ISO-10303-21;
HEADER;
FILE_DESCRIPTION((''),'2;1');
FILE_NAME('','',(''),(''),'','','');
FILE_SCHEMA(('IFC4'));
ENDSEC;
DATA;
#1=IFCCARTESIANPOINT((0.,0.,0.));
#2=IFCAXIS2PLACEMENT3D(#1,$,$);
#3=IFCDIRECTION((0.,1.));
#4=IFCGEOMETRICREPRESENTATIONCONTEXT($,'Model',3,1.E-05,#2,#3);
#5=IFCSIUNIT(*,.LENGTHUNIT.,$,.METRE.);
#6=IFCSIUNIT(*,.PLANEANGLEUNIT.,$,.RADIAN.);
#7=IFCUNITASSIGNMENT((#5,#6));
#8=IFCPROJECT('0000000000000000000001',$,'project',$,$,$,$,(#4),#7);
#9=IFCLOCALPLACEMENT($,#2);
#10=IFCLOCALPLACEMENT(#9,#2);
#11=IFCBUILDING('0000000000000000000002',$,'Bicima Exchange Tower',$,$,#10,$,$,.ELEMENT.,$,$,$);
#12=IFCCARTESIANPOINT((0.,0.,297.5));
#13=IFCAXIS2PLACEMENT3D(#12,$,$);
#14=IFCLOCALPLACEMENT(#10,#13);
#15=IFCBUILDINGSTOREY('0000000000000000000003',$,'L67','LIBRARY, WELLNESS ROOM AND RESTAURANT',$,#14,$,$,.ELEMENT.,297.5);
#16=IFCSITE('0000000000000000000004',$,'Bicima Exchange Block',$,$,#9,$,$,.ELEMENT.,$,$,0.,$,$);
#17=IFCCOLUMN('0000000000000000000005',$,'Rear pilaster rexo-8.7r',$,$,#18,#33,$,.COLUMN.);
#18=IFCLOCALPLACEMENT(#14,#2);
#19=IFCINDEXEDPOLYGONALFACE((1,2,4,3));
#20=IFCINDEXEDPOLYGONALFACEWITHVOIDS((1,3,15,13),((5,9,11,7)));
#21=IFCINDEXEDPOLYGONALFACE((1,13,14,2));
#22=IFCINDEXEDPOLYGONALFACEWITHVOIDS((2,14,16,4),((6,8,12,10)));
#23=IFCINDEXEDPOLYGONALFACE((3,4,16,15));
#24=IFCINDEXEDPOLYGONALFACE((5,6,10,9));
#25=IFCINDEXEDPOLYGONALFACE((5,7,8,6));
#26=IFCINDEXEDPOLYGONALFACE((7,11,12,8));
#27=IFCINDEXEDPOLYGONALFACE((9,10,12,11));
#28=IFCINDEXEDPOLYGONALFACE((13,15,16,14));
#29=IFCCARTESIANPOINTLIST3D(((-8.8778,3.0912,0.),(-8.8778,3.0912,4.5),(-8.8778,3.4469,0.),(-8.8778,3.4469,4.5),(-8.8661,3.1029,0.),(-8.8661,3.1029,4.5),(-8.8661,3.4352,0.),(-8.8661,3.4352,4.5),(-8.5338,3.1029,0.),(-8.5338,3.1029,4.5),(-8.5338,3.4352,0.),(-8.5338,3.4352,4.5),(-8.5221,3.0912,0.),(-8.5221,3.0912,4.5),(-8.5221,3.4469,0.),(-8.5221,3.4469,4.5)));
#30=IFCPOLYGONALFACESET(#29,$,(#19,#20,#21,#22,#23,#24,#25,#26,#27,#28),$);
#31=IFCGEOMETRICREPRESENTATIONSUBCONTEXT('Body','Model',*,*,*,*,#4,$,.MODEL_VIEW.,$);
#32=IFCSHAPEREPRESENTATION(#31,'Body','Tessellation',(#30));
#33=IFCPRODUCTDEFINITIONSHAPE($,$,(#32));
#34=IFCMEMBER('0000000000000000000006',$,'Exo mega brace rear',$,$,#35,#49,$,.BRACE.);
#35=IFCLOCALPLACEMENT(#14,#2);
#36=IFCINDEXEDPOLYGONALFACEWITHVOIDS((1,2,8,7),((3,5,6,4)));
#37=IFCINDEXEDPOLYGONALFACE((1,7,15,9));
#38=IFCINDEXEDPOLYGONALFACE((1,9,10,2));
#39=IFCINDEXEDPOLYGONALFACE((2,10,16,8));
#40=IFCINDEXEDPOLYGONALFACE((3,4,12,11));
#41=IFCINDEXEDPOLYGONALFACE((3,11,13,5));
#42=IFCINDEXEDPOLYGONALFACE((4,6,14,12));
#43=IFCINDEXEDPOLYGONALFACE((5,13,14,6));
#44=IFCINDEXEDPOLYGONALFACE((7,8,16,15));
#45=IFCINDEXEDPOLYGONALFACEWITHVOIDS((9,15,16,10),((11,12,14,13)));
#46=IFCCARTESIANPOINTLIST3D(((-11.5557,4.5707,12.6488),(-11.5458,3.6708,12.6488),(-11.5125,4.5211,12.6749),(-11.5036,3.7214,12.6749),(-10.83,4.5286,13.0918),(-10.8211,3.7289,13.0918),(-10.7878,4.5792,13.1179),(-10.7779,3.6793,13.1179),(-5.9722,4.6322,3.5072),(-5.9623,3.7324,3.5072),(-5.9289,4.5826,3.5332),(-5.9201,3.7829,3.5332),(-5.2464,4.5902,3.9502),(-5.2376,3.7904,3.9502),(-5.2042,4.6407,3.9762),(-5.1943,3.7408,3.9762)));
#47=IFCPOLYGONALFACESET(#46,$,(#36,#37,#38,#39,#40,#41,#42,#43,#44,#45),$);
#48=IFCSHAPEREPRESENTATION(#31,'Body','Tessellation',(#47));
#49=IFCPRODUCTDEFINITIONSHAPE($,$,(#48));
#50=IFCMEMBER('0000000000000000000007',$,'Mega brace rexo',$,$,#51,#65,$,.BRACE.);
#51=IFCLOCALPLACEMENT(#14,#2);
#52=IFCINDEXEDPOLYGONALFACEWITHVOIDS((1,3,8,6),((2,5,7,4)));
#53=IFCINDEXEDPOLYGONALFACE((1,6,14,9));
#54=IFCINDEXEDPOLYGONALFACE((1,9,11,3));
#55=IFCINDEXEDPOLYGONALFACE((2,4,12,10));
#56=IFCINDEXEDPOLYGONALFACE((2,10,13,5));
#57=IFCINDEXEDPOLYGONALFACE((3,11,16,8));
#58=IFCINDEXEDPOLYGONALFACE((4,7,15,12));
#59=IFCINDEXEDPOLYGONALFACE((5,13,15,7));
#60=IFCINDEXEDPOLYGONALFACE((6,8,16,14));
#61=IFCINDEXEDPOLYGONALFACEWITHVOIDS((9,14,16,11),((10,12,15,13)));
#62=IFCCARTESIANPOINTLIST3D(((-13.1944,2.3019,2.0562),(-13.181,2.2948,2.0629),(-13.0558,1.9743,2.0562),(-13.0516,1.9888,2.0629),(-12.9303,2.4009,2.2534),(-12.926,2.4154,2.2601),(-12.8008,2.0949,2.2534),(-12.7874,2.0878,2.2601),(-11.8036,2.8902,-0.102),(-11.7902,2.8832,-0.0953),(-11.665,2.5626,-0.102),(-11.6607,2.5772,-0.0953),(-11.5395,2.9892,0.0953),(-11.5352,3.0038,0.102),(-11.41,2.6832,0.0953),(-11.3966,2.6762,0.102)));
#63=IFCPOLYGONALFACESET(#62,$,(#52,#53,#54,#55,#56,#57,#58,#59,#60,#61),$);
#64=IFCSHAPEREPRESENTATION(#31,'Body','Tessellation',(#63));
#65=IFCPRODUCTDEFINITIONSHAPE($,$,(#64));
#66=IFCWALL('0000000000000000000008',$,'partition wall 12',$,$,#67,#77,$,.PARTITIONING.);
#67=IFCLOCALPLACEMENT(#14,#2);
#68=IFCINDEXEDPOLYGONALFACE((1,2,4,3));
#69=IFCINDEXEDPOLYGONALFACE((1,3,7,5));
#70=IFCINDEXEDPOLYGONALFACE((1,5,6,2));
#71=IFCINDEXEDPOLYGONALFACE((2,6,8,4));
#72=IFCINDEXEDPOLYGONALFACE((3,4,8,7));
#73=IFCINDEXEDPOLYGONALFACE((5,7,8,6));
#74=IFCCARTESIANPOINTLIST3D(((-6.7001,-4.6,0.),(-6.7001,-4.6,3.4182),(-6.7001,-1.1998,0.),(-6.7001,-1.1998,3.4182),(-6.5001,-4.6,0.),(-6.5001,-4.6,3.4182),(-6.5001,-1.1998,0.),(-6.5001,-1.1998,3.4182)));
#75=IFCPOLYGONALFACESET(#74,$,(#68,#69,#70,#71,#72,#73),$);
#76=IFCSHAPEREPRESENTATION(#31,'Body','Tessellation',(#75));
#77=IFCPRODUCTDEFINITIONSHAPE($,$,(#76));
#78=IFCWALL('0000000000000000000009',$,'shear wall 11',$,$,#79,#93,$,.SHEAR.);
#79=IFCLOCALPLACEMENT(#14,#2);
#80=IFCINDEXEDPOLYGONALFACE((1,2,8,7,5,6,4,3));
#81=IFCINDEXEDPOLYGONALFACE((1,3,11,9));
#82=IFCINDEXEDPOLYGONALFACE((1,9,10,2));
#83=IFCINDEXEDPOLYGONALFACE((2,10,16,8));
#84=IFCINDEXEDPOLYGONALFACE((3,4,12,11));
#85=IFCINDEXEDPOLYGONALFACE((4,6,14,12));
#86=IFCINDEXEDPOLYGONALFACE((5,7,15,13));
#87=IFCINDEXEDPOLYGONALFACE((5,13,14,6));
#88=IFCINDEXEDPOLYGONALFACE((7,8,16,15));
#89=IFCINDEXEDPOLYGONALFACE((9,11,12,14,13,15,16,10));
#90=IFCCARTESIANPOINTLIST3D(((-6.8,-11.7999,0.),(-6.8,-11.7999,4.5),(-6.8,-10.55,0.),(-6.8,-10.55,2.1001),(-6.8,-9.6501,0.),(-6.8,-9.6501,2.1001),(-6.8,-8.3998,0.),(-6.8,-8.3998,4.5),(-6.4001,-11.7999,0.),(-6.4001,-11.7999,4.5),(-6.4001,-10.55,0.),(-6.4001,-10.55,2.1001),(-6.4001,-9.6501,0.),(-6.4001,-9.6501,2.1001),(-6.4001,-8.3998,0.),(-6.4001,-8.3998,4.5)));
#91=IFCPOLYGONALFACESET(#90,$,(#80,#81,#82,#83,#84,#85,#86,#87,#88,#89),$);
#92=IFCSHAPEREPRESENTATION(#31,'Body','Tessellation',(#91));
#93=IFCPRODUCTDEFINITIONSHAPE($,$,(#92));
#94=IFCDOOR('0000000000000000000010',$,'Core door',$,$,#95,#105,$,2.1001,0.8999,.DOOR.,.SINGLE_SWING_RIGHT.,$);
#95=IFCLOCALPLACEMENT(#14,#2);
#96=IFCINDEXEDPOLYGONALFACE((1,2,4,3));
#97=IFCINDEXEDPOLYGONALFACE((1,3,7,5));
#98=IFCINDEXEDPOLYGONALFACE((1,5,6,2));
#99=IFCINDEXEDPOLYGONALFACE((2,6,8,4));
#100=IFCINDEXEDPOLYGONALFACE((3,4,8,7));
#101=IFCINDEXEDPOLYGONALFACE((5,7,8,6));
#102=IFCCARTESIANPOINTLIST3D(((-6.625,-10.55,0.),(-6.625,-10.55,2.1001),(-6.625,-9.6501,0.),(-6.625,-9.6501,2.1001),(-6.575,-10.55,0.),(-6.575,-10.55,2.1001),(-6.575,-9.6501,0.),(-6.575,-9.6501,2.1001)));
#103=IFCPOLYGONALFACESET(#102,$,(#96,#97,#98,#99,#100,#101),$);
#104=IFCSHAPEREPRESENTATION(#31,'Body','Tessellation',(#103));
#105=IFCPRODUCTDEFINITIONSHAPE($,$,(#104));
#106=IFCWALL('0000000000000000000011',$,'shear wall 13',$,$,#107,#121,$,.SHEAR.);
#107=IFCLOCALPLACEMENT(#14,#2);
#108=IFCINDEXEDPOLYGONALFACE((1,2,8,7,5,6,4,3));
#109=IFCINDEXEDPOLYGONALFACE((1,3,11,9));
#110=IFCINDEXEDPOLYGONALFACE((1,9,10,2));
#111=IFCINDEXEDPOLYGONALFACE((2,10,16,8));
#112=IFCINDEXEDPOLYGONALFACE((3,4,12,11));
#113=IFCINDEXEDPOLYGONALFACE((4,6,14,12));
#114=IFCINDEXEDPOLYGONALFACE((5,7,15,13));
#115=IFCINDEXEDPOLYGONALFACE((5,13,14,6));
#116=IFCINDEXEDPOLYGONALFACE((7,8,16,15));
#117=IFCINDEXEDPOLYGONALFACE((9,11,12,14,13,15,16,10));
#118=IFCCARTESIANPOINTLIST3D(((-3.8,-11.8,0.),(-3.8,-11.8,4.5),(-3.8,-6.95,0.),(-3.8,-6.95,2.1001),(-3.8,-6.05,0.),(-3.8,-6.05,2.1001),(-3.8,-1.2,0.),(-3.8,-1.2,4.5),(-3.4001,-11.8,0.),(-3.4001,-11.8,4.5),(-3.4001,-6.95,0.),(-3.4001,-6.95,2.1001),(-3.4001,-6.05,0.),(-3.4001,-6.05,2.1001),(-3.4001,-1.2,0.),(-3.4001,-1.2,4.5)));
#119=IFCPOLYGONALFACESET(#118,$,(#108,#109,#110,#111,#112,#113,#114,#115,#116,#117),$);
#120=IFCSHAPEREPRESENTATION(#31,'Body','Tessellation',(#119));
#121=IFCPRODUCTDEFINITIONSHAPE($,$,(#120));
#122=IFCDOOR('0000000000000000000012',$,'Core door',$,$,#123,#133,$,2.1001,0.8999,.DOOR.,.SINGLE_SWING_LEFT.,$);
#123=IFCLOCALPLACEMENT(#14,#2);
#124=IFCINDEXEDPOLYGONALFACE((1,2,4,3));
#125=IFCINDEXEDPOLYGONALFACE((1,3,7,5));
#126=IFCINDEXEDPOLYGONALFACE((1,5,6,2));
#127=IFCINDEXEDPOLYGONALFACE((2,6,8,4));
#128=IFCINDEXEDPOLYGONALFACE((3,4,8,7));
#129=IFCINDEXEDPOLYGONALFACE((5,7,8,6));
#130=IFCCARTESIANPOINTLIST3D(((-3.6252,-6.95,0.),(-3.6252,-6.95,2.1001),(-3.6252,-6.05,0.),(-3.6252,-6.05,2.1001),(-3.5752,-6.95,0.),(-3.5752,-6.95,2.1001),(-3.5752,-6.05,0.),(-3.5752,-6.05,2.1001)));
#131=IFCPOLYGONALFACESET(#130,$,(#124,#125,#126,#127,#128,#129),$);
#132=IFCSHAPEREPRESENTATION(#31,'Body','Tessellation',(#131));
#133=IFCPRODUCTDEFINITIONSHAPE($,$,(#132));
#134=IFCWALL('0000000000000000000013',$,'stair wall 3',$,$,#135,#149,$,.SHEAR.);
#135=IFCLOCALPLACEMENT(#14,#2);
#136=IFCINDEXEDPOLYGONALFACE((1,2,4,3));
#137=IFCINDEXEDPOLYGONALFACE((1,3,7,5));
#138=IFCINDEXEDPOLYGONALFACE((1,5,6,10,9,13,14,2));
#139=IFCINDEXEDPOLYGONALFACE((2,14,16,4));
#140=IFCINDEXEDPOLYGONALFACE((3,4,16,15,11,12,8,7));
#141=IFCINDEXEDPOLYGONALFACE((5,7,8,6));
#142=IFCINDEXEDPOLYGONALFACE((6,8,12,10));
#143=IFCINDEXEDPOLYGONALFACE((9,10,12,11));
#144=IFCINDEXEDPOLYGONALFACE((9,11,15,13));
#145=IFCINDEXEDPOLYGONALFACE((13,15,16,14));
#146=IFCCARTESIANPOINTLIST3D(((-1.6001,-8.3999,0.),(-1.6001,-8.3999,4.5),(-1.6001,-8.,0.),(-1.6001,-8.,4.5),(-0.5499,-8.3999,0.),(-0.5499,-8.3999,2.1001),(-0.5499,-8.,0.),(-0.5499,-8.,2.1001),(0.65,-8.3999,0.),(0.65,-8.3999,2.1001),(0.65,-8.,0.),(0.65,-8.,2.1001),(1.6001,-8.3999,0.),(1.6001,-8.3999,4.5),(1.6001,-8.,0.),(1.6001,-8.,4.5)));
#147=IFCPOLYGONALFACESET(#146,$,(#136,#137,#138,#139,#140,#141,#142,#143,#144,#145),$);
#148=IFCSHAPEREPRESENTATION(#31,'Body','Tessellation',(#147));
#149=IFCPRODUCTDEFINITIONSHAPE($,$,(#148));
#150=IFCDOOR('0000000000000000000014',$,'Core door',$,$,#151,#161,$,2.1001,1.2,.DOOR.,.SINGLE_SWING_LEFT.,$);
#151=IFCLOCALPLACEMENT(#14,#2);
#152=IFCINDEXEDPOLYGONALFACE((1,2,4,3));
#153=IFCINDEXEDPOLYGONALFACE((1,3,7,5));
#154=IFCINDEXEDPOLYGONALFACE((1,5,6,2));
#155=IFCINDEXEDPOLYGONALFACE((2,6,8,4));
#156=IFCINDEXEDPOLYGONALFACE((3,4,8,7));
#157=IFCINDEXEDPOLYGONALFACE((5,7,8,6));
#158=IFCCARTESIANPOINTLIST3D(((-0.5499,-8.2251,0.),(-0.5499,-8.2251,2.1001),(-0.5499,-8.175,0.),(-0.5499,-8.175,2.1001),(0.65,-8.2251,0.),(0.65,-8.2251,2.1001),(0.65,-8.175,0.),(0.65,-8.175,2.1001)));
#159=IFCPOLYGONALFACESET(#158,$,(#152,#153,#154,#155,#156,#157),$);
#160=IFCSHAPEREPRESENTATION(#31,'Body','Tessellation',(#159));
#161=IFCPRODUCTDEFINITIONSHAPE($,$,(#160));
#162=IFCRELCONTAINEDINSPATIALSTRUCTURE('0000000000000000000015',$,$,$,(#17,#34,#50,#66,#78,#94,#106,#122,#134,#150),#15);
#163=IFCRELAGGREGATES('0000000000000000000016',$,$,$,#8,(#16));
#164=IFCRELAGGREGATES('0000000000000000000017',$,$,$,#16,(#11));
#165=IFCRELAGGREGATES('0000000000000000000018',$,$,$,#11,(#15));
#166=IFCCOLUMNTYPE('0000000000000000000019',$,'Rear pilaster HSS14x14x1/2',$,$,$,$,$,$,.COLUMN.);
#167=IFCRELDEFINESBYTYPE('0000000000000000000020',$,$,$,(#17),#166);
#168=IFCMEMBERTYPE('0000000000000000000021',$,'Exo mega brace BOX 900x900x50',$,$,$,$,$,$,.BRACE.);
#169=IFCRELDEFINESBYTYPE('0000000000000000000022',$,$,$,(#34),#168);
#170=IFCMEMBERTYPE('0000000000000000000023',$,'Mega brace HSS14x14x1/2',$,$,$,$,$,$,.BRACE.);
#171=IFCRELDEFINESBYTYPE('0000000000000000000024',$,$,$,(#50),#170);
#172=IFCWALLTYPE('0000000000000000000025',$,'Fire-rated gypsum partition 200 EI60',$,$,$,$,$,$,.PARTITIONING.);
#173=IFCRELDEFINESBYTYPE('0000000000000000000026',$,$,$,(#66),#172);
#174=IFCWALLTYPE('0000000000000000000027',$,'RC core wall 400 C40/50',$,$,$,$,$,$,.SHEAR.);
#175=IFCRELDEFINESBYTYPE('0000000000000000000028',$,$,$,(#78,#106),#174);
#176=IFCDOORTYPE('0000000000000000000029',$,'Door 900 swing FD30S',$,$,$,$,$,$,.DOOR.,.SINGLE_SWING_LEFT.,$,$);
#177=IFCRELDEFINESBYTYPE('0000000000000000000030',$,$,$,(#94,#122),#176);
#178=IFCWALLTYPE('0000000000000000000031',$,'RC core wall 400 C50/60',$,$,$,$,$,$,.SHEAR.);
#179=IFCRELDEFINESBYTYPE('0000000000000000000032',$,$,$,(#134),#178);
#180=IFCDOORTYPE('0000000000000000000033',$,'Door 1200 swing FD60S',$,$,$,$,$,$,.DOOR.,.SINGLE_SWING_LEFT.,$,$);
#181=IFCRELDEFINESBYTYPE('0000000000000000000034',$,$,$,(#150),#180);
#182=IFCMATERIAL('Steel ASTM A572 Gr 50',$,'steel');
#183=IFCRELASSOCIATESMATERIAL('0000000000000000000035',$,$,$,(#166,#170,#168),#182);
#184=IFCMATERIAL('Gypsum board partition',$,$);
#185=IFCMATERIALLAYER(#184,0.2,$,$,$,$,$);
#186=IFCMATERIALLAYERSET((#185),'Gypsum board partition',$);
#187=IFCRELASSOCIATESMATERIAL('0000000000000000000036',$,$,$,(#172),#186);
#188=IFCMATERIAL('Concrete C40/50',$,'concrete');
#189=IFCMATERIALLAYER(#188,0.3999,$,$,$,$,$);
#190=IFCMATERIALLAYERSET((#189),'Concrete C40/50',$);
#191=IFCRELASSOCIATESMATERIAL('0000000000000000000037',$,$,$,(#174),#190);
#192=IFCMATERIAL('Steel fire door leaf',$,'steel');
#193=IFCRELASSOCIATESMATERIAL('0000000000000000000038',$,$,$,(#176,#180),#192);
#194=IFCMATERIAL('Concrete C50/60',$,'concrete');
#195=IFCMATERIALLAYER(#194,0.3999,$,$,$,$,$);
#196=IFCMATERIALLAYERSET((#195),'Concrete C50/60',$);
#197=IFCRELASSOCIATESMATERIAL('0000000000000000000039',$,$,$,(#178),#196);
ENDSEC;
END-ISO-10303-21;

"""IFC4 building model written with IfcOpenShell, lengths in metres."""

from ifc_helpers import new_model, si_unit, direction, frame, frame_2d, origin, origin_2d, place, context, subcontext, project, spatial, rectangle, hollow_rectangle, extrude, material, layer, layer_set, material_profile, profile_set, type_object, element, fill, save


model = new_model("IFC4")

# Units and contexts
model_context = context("Model", 3, precision=1e-05, world=origin(), true_north=direction((0.0, 1.0)))
body_context = subcontext(model_context, "Body", "Model", "MODEL_VIEW")
ifc_project = project(units=[si_unit("LENGTHUNIT", "METRE"), si_unit("PLANEANGLEUNIT", "RADIAN")], contexts=[model_context])

# Site, building, storey
site_placement = place(None, origin())
site = spatial("IfcSite", under=ifc_project, at=site_placement, Name="Bicima Exchange Block", CompositionType="ELEMENT", RefElevation=0.0)
building_placement = place(site_placement, origin())
building = spatial("IfcBuilding", under=site, at=building_placement, Name="Bicima Exchange Tower", CompositionType="ELEMENT")
storey_placement = place(building_placement, frame((0.0, 0.0, 297.5)))
storey = spatial("IfcBuildingStorey", under=building, at=storey_placement, Name="L67", Description="LIBRARY, WELLNESS ROOM AND RESTAURANT", CompositionType="ELEMENT", Elevation=297.5)

# Column
ifc_material_1 = material(Name="Steel ASTM A572 Gr 50", Category="steel")
ifc_material_profile_1 = material_profile(ifc_material_1, hollow_rectangle(XDim=0.3557, YDim=0.3557, WallThickness=0.0117, at=origin_2d()))
ifc_profile_set_1 = profile_set([ifc_material_profile_1], Name="Steel ASTM A572 Gr 50")
column_type = type_object("IfcColumnType", Name="Rear pilaster HSS14x14x1/2", PredefinedType="COLUMN", material=ifc_profile_set_1)
column_placement = place(storey_placement, frame((-8.7, 3.269, 0.0), z_axis=(0.0, 0.0, 1.0), x_axis=(1.0, 0.0, 0.0)))
element("IfcColumn", 1, at=column_placement, inside=storey, type_object=column_type, Name="Rear pilaster rexo-8.7r", PredefinedType="COLUMN", context=body_context, shape_type="SweptSolid", body=[
    extrude(hollow_rectangle(XDim=0.3557, YDim=0.3557, WallThickness=0.0117, at=origin_2d()), origin(), (0.0, 0.0, 1.0), 4.5),
])

# Members
ifc_material_profile_2 = material_profile(ifc_material_1, hollow_rectangle(XDim=0.8999, YDim=0.8999, WallThickness=0.05, at=origin_2d()))
ifc_profile_set_2 = profile_set([ifc_material_profile_2], Name="Steel ASTM A572 Gr 50")
member_type_1 = type_object("IfcMemberType", Name="Exo mega brace BOX 900x900x50", PredefinedType="BRACE", material=ifc_profile_set_2)
member_1_placement = place(storey_placement, frame((-5.5833, 4.1865, 3.7417), z_axis=(-0.521235, -0.005743, 0.853394), x_axis=(0.011018, -0.999939, 0.0)))
element("IfcMember", 2, at=member_1_placement, inside=storey, type_object=member_type_1, Name="Exo mega brace rear", PredefinedType="BRACE", context=body_context, shape_type="SweptSolid", body=[
    extrude(hollow_rectangle(XDim=0.8999, YDim=0.8999, WallThickness=0.05, at=origin_2d()), origin(), (0.0, 0.0, 1.0), 10.7122),
])
member_type_2 = type_object("IfcMemberType", Name="Mega brace HSS14x14x1/2", PredefinedType="BRACE", material=ifc_profile_set_1)
member_2_placement = place(storey_placement, frame((-11.6001, 2.7832, 0.0), z_axis=(-0.528022, -0.223369, 0.819328), x_axis=(0.389603, -0.920983, 0.0)))
element("IfcMember", 3, at=member_2_placement, inside=storey, type_object=member_type_2, Name="Mega brace rexo", PredefinedType="BRACE", context=body_context, shape_type="SweptSolid", body=[
    extrude(hollow_rectangle(XDim=0.3557, YDim=0.3557, WallThickness=0.0117, at=origin_2d()), origin(), (0.0, 0.0, 1.0), 2.634),
])

# Wall
ifc_material_2 = material(Name="Gypsum board partition")
ifc_layer_1 = layer(ifc_material_2, 0.2)
ifc_layer_set_1 = layer_set([ifc_layer_1], Name="Gypsum board partition")
wall_type_1 = type_object("IfcWallType", Name="Fire-rated gypsum partition 200 EI60", PredefinedType="PARTITIONING", material=ifc_layer_set_1)
wall_1_placement = place(storey_placement, frame((-6.6001, -4.6001, 0.0), z_axis=(0.0, 0.0, 1.0), x_axis=(0.0, 1.0, 0.0)))
element("IfcWall", 4, at=wall_1_placement, inside=storey, type_object=wall_type_1, Name="partition wall 12", PredefinedType="PARTITIONING", context=body_context, shape_type="SweptSolid", body=[
    extrude(rectangle(XDim=3.4001, YDim=0.2, at=frame_2d((1.7002, 0.0))), origin(), (0.0, 0.0, 1.0), 3.4182),
])

# Walls, openings, doors
ifc_material_3 = material(Name="Concrete C40/50", Category="concrete")
ifc_layer_2 = layer(ifc_material_3, 0.3999)
ifc_layer_set_2 = layer_set([ifc_layer_2], Name="Concrete C40/50")
wall_type_2 = type_object("IfcWallType", Name="RC core wall 400 C40/50", PredefinedType="SHEAR", material=ifc_layer_set_2)
wall_2_placement = place(storey_placement, frame((-6.6001, -11.8, 0.0), z_axis=(0.0, 0.0, 1.0), x_axis=(0.0, 1.0, 0.0)))
wall_2 = element("IfcWall", 5, at=wall_2_placement, inside=storey, type_object=wall_type_2, Name="shear wall 11", PredefinedType="SHEAR", context=body_context, shape_type="SweptSolid", body=[
    extrude(rectangle(XDim=3.4001, YDim=0.3999, at=frame_2d((1.7002, 0.0))), origin(), (0.0, 0.0, 1.0), 4.5),
])
opening_1_placement = place(wall_2_placement, frame((1.25, 0.0, 0.0)))
opening_1 = element("IfcOpeningElement", 6, at=opening_1_placement, cuts=wall_2, PredefinedType="OPENING", context=body_context, shape_type="SweptSolid", body=[
    extrude(rectangle(XDim=0.8999, YDim=2.1001, at=frame_2d((0.45, 1.05))), frame((0.0, 0.2119, 0.0), z_axis=(0.0, -1.0, 0.0), x_axis=(1.0, 0.0, 0.0)), (0.0, 0.0, 1.0), 0.4238),
])
ifc_material_4 = material(Name="Steel fire door leaf", Category="steel")
door_type_1 = type_object("IfcDoorType", Name="Door 900 swing FD30S", OperationType="SINGLE_SWING_LEFT", PredefinedType="DOOR", material=ifc_material_4)
door_1_placement = place(opening_1_placement, origin())
door_1 = element("IfcDoor", 7, at=door_1_placement, inside=storey, type_object=door_type_1, Name="Core door", OperationType="SINGLE_SWING_RIGHT", OverallHeight=2.1001, OverallWidth=0.8999, PredefinedType="DOOR", context=body_context, shape_type="SweptSolid", body=[
    extrude(rectangle(XDim=0.8999, YDim=2.1001, at=frame_2d((0.45, 1.05))), frame((0.0, 0.0249, 0.0), z_axis=(0.0, -1.0, 0.0), x_axis=(1.0, 0.0, 0.0)), (0.0, 0.0, 1.0), 0.05),
])
fill(opening_1, door_1)
wall_3_placement = place(storey_placement, frame((-3.6001, -11.8, 0.0), z_axis=(0.0, 0.0, 1.0), x_axis=(0.0, 1.0, 0.0)))
wall_3 = element("IfcWall", 8, at=wall_3_placement, inside=storey, type_object=wall_type_2, Name="shear wall 13", PredefinedType="SHEAR", context=body_context, shape_type="SweptSolid", body=[
    extrude(rectangle(XDim=10.6001, YDim=0.3999, at=frame_2d((5.3, 0.0))), origin(), (0.0, 0.0, 1.0), 4.5),
])
opening_2_placement = place(wall_3_placement, frame((4.8501, 0.0, 0.0)))
opening_2 = element("IfcOpeningElement", 9, at=opening_2_placement, cuts=wall_3, PredefinedType="OPENING", context=body_context, shape_type="SweptSolid", body=[
    extrude(rectangle(XDim=0.8999, YDim=2.1001, at=frame_2d((0.45, 1.05))), frame((0.0, 0.2119, 0.0), z_axis=(0.0, -1.0, 0.0), x_axis=(1.0, 0.0, 0.0)), (0.0, 0.0, 1.0), 0.4238),
])
door_2_placement = place(opening_2_placement, frame((0.8999, 0.0, 0.0), z_axis=(0.0, 0.0, 1.0), x_axis=(-1.0, 0.0, 0.0)))
door_2 = element("IfcDoor", 10, at=door_2_placement, inside=storey, type_object=door_type_1, Name="Core door", OperationType="SINGLE_SWING_LEFT", OverallHeight=2.1001, OverallWidth=0.8999, PredefinedType="DOOR", context=body_context, shape_type="SweptSolid", body=[
    extrude(rectangle(XDim=0.8999, YDim=2.1001, at=frame_2d((0.45, 1.05))), frame((0.0, 0.0249, 0.0), z_axis=(0.0, -1.0, 0.0), x_axis=(1.0, 0.0, 0.0)), (0.0, 0.0, 1.0), 0.05),
])
fill(opening_2, door_2)
ifc_material_5 = material(Name="Concrete C50/60", Category="concrete")
ifc_layer_3 = layer(ifc_material_5, 0.3999)
ifc_layer_set_3 = layer_set([ifc_layer_3], Name="Concrete C50/60")
wall_type_3 = type_object("IfcWallType", Name="RC core wall 400 C50/60", PredefinedType="SHEAR", material=ifc_layer_set_3)
wall_4_placement = place(storey_placement, frame((-1.6001, -8.2, 0.0), z_axis=(0.0, 0.0, 1.0), x_axis=(1.0, 0.0, 0.0)))
wall_4 = element("IfcWall", 11, at=wall_4_placement, inside=storey, type_object=wall_type_3, Name="stair wall 3", PredefinedType="SHEAR", context=body_context, shape_type="SweptSolid", body=[
    extrude(rectangle(XDim=3.2002, YDim=0.3999, at=frame_2d((1.6001, 0.0))), origin(), (0.0, 0.0, 1.0), 4.5),
])
opening_3_placement = place(wall_4_placement, frame((1.05, 0.0, 0.0)))
opening_3 = element("IfcOpeningElement", 12, at=opening_3_placement, cuts=wall_4, PredefinedType="OPENING", context=body_context, shape_type="SweptSolid", body=[
    extrude(rectangle(XDim=1.2, YDim=2.1001, at=frame_2d((0.6001, 1.05))), frame((0.0, 0.2119, 0.0), z_axis=(0.0, -1.0, 0.0), x_axis=(1.0, 0.0, 0.0)), (0.0, 0.0, 1.0), 0.4238),
])
door_type_2 = type_object("IfcDoorType", Name="Door 1200 swing FD60S", OperationType="SINGLE_SWING_LEFT", PredefinedType="DOOR", material=ifc_material_4)
door_3_placement = place(opening_3_placement, origin())
door_3 = element("IfcDoor", 13, at=door_3_placement, inside=storey, type_object=door_type_2, Name="Core door", OperationType="SINGLE_SWING_LEFT", OverallHeight=2.1001, OverallWidth=1.2, PredefinedType="DOOR", context=body_context, shape_type="SweptSolid", body=[
    extrude(rectangle(XDim=1.2, YDim=2.1001, at=frame_2d((0.6001, 1.05))), frame((0.0, 0.0249, 0.0), z_axis=(0.0, -1.0, 0.0), x_axis=(1.0, 0.0, 0.0)), (0.0, 0.0, 1.0), 0.05),
])
fill(opening_3, door_3)

save(model, "model.ifc")
